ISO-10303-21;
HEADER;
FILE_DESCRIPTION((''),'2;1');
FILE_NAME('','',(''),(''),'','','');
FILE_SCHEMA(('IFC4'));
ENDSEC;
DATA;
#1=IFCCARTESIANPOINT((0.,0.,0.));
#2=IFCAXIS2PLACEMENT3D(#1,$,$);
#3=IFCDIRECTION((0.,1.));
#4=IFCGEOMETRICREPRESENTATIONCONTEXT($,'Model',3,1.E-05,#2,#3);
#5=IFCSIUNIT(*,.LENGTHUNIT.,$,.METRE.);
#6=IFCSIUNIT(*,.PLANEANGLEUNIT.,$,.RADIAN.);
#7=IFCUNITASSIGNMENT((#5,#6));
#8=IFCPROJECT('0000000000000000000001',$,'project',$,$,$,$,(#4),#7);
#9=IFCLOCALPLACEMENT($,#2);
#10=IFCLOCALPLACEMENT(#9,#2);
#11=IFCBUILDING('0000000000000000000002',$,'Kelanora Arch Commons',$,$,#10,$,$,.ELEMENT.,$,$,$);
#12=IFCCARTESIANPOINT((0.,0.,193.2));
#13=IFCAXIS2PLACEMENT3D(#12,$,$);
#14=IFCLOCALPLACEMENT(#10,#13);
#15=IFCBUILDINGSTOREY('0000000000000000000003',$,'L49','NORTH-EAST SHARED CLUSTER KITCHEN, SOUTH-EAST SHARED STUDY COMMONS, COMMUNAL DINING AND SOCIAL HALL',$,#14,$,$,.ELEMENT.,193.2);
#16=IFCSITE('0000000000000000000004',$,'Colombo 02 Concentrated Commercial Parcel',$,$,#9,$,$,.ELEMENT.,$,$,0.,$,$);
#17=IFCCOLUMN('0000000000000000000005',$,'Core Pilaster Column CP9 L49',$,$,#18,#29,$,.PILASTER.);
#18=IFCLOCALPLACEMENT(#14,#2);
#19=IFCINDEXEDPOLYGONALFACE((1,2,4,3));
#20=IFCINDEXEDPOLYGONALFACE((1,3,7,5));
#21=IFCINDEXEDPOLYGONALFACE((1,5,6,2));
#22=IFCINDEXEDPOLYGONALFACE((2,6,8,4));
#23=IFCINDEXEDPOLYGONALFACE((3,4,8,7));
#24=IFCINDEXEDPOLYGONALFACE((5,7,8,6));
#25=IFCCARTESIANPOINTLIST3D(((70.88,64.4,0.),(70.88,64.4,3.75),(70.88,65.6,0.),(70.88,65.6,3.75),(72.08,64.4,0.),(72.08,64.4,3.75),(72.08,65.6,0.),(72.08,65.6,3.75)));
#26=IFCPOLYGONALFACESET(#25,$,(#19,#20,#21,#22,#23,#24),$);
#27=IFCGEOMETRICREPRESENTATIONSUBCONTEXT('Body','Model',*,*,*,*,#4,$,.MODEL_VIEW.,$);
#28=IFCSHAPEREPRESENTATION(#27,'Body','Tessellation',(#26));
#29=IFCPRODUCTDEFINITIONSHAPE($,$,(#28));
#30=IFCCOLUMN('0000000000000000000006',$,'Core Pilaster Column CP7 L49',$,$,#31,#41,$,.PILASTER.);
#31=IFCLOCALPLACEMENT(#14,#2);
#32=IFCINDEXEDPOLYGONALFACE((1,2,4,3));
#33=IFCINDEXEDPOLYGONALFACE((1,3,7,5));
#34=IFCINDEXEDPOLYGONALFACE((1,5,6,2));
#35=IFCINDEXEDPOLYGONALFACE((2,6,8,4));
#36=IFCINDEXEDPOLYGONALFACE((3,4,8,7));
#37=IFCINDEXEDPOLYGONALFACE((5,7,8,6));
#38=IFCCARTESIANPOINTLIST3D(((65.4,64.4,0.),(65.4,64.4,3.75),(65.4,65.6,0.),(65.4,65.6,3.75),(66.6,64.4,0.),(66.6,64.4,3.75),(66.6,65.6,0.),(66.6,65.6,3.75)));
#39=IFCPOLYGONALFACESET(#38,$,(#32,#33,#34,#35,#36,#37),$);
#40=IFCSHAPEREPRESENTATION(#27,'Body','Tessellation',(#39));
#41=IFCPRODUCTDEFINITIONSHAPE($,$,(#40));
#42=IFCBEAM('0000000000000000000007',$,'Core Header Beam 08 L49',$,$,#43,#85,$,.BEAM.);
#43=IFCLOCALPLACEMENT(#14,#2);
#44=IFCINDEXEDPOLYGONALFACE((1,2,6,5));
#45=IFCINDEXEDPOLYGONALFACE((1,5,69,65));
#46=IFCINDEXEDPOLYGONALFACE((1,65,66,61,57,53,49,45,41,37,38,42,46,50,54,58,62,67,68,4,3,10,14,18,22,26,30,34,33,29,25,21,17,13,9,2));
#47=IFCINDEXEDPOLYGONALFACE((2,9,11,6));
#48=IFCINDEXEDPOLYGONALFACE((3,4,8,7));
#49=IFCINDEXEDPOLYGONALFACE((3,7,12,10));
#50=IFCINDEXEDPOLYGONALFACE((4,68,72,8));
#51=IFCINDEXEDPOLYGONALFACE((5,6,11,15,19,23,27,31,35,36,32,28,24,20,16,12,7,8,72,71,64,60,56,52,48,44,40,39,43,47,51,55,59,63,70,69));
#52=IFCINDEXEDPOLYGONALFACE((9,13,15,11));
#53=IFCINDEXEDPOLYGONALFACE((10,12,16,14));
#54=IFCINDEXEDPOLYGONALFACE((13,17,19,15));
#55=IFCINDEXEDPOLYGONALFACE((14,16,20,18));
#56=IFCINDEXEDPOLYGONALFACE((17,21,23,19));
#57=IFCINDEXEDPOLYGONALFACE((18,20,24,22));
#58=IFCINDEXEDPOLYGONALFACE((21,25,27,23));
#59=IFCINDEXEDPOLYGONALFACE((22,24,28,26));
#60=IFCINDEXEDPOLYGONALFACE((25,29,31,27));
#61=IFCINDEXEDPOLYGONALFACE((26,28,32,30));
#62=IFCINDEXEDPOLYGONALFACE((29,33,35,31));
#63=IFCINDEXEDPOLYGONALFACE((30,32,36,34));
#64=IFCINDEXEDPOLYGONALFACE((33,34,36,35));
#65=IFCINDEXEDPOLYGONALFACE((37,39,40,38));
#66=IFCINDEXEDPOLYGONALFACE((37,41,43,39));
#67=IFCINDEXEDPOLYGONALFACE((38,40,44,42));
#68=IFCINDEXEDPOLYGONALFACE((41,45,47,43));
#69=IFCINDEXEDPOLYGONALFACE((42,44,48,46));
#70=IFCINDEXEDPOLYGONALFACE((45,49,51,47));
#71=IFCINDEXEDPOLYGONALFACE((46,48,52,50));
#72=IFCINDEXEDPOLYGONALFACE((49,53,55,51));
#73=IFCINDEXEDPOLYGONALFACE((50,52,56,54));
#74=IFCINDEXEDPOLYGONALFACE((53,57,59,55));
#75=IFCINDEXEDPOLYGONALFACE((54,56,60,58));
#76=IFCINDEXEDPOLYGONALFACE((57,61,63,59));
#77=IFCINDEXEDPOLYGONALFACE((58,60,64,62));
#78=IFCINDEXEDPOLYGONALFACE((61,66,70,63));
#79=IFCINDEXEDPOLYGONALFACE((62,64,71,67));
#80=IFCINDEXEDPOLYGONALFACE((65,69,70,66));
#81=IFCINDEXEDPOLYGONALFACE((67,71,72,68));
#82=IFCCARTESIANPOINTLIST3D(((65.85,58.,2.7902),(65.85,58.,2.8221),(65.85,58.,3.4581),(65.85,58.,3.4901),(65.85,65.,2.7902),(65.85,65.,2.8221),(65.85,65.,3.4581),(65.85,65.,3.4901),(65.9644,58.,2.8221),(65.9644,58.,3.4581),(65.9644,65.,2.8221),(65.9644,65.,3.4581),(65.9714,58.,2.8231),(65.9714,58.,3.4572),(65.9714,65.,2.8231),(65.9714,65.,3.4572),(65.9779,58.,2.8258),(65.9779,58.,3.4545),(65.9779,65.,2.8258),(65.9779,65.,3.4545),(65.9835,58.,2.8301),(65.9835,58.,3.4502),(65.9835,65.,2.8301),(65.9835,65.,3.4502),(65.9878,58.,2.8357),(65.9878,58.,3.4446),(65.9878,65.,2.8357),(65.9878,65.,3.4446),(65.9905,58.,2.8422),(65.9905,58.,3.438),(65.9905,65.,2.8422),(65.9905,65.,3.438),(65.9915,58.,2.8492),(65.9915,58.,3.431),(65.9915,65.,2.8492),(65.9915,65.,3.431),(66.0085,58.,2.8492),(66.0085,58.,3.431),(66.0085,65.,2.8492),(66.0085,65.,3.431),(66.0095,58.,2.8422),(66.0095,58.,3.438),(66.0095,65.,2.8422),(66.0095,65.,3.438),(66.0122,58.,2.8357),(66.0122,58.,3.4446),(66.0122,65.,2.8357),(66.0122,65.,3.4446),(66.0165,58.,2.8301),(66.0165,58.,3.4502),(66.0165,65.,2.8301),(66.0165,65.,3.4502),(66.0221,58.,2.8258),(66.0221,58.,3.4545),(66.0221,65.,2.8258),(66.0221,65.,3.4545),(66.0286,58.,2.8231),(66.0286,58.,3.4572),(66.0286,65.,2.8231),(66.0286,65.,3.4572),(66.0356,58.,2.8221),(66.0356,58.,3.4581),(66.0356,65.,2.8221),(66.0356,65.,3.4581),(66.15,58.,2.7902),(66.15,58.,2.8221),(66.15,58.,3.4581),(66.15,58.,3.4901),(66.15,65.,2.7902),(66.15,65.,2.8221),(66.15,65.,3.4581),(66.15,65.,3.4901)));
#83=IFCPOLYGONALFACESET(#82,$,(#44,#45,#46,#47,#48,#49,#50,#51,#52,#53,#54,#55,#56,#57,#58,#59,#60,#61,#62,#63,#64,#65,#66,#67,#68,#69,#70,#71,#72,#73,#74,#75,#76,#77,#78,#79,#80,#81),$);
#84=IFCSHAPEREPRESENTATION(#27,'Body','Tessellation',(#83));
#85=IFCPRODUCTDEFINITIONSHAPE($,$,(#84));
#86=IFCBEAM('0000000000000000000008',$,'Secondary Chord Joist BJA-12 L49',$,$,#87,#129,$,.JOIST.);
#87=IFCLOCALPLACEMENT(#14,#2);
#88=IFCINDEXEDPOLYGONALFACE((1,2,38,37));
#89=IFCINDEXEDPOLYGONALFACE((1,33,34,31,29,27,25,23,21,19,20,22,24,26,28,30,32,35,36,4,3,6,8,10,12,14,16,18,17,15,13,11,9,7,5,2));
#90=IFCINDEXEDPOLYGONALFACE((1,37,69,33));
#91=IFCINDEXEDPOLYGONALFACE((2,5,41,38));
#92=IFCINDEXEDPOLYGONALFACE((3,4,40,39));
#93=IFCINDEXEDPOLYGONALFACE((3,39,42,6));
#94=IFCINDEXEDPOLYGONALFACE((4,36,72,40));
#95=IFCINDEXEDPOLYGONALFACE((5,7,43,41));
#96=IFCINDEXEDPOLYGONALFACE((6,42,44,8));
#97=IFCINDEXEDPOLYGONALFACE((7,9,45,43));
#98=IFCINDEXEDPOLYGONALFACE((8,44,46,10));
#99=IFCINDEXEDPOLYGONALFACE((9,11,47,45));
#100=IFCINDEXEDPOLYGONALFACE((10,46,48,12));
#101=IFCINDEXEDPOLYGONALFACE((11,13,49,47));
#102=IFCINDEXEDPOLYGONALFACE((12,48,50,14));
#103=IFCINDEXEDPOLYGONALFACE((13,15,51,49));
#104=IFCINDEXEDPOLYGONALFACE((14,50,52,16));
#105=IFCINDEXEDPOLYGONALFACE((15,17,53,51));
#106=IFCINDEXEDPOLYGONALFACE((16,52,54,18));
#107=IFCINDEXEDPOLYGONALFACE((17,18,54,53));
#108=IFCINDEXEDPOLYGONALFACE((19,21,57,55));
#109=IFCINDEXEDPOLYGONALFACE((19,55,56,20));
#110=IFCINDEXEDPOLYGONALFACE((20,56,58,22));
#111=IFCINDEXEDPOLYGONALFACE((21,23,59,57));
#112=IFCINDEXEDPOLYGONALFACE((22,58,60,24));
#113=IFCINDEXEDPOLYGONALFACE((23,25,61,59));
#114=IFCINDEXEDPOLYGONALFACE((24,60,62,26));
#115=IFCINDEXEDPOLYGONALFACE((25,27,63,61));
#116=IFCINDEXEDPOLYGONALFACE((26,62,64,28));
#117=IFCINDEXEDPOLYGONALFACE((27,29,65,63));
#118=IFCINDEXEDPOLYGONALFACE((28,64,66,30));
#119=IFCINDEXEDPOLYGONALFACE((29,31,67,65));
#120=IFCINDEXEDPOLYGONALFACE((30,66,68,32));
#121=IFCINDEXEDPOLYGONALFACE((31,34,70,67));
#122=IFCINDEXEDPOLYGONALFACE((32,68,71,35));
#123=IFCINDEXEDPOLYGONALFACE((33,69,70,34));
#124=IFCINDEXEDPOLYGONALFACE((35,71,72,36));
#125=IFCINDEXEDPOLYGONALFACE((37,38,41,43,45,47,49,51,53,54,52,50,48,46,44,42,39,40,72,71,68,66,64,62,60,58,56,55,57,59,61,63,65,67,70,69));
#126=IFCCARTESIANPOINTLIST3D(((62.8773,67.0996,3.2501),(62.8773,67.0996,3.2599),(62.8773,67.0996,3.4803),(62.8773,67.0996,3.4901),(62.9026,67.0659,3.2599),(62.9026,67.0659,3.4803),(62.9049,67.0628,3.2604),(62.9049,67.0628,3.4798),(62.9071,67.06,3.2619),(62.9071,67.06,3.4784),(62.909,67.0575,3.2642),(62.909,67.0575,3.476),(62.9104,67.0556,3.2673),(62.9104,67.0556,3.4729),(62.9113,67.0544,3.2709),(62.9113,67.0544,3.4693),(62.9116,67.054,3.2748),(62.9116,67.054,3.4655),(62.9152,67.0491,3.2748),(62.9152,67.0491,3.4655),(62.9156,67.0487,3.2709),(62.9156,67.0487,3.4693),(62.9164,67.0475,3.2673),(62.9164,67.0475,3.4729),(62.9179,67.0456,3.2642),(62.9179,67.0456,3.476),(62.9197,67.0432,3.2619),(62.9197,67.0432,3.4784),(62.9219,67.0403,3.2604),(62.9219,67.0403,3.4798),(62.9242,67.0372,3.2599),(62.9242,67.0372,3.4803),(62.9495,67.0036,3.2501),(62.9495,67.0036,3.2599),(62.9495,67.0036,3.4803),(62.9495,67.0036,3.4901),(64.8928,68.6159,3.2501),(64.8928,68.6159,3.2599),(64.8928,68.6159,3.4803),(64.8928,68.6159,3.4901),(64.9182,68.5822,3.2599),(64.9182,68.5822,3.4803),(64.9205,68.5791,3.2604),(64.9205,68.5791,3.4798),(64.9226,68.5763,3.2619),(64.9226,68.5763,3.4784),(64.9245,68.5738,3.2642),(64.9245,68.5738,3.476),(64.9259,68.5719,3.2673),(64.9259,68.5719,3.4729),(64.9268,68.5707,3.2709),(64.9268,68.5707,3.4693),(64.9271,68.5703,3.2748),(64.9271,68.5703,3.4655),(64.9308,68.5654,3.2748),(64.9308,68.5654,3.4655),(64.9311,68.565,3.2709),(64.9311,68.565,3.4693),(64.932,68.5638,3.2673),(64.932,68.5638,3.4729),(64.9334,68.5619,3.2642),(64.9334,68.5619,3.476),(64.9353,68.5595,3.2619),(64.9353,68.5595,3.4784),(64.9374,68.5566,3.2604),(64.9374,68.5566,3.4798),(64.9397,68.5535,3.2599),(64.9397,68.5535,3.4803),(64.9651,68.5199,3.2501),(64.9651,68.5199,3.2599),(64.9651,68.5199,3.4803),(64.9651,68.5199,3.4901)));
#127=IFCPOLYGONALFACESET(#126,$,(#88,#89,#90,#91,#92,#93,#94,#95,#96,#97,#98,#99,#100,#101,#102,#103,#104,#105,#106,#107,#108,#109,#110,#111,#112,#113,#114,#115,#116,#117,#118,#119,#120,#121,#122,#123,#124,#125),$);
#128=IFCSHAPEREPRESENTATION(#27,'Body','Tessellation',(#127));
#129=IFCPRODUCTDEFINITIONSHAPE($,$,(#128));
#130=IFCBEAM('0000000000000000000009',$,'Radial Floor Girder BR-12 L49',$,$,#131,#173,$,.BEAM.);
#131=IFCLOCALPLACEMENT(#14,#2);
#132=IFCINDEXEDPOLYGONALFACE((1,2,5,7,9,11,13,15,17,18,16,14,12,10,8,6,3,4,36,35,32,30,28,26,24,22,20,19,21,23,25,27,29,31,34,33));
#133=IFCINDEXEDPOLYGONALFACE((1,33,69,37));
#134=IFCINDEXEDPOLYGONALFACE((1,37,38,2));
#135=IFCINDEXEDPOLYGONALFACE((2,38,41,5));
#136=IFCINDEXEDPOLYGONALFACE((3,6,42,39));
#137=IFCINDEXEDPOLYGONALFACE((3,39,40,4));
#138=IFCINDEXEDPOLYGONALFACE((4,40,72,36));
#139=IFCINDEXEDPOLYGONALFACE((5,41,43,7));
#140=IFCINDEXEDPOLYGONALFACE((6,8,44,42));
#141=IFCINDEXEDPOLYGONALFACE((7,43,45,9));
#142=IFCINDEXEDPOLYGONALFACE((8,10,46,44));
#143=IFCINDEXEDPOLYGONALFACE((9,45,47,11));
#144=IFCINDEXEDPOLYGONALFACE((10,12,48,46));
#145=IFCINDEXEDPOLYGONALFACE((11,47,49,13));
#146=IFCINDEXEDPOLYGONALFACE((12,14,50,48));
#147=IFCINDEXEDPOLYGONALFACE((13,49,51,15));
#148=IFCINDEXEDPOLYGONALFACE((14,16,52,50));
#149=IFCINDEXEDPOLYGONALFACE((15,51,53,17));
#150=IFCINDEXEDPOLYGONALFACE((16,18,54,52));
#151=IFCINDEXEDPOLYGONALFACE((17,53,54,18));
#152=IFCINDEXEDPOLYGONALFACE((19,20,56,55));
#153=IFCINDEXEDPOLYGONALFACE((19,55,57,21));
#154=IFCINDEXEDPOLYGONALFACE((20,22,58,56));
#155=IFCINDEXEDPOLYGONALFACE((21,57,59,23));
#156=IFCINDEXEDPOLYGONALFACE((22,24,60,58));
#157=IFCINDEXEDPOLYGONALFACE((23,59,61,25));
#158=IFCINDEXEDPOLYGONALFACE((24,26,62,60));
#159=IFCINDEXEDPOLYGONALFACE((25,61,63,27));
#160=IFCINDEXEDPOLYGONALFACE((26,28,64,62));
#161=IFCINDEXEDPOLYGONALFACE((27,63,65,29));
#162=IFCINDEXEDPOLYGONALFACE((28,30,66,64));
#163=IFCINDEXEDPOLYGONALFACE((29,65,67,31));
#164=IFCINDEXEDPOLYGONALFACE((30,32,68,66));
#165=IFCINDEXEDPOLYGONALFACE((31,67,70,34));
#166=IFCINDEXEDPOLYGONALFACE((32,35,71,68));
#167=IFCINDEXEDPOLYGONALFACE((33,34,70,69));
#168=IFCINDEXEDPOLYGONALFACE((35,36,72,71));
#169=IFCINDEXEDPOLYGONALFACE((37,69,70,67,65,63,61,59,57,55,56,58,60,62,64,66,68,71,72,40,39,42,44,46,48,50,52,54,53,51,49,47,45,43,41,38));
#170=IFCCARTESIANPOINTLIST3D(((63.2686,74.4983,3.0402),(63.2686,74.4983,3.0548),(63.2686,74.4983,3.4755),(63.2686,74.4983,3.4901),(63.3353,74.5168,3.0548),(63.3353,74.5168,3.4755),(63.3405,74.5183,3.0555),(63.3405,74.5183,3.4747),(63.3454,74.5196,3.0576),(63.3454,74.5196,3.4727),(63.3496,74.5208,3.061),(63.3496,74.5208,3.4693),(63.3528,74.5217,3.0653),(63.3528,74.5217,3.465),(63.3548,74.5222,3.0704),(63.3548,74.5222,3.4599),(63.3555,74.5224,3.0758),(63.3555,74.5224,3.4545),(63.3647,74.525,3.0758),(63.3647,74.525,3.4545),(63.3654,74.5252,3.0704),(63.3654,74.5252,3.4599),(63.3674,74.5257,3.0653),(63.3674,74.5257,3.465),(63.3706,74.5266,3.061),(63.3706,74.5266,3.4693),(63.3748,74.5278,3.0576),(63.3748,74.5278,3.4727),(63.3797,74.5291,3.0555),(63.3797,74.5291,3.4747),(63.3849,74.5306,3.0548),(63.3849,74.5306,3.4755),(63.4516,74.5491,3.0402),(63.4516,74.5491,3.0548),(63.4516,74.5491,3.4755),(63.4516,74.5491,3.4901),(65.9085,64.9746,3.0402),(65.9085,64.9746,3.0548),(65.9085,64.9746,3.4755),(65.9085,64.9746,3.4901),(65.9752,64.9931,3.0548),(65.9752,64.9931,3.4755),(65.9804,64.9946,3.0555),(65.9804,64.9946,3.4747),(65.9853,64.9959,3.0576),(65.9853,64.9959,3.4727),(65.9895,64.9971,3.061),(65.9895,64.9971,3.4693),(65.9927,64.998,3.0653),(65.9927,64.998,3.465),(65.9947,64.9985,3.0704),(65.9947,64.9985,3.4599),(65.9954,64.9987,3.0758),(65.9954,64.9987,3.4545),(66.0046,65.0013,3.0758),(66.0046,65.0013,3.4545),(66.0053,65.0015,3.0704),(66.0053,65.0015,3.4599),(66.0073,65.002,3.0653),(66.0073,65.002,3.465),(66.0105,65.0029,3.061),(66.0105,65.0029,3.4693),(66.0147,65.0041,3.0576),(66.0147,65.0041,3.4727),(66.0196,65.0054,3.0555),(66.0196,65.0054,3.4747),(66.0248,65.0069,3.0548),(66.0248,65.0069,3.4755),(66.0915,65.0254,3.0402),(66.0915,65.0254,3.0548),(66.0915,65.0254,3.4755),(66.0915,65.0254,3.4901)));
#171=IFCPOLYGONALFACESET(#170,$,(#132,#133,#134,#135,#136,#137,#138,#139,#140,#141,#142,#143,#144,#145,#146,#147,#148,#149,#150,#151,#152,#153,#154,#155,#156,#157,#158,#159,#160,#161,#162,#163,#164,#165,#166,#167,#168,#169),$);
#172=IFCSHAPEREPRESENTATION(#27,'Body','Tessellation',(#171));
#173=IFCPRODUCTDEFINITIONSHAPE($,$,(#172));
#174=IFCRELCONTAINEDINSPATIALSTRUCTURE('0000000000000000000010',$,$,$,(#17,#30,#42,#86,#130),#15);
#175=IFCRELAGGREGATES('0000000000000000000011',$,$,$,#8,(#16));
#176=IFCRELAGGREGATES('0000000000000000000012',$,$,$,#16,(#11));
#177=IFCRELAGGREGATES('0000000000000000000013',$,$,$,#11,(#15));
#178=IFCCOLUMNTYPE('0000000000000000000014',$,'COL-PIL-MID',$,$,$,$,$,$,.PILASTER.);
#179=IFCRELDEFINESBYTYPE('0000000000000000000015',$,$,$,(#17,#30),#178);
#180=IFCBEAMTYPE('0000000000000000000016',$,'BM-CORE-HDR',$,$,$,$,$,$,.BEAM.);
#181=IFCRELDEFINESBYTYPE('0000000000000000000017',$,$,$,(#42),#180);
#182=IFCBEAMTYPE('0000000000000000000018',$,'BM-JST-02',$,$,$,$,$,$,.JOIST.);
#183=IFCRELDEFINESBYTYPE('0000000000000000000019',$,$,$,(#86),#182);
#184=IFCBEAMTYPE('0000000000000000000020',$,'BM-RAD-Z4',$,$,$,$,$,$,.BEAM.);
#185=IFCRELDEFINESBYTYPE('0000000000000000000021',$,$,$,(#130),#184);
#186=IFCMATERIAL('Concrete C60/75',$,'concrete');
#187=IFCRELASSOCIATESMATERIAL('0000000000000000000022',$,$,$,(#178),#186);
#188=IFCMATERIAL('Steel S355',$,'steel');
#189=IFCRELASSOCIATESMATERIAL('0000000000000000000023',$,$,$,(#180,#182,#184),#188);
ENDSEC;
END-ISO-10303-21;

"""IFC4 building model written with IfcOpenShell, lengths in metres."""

from ifc_helpers import new_model, si_unit, direction, frame, origin, origin_2d, place, context, subcontext, project, spatial, rectangle, i_section, extrude, material, material_profile, profile_set, type_object, element, save


model = new_model("IFC4")

# Units and contexts
model_context = context("Model", 3, precision=1e-05, world=origin(), true_north=direction((0.0, 1.0)))
body_context = subcontext(model_context, "Body", "Model", "MODEL_VIEW")
ifc_project = project(units=[si_unit("LENGTHUNIT", "METRE"), si_unit("PLANEANGLEUNIT", "RADIAN")], contexts=[model_context])

# Site, building, storey
site_placement = place(None, origin())
site = spatial("IfcSite", under=ifc_project, at=site_placement, Name="Colombo 02 Concentrated Commercial Parcel", CompositionType="ELEMENT", RefElevation=0.0)
building_placement = place(site_placement, origin())
building = spatial("IfcBuilding", under=site, at=building_placement, Name="Kelanora Arch Commons", CompositionType="ELEMENT")
storey_placement = place(building_placement, frame((0.0, 0.0, 193.2)))
storey = spatial("IfcBuildingStorey", under=building, at=storey_placement, Name="L49", Description="NORTH-EAST SHARED CLUSTER KITCHEN, SOUTH-EAST SHARED STUDY COMMONS, COMMUNAL DINING AND SOCIAL HALL", CompositionType="ELEMENT", Elevation=193.2)

# Columns
ifc_material_1 = material(Name="Concrete C60/75", Category="concrete")
ifc_material_profile_1 = material_profile(ifc_material_1, rectangle(XDim=1.2, YDim=1.2, at=origin_2d()), Name="RC1200x1200")
ifc_profile_set_1 = profile_set([ifc_material_profile_1], Name="Concrete C60/75")
column_type = type_object("IfcColumnType", Name="COL-PIL-MID", PredefinedType="PILASTER", material=ifc_profile_set_1)
for number, where, z_axis, x_axis, name in (
    (1, (71.48, 65.0, 0.0), (0.0, 0.0, 1.0), (1.0, 0.0, 0.0), "Core Pilaster Column CP9 L49"),
    (2, (66.0, 65.0, 0.0), (0.0, 0.0, 1.0), (1.0, 0.0, 0.0), "Core Pilaster Column CP7 L49"),
):
    element("IfcColumn", number, at=place(storey_placement, frame(where, z_axis=z_axis, x_axis=x_axis)), inside=storey, type_object=column_type, Name=name, PredefinedType="PILASTER", context=body_context, shape_type="SweptSolid", body=[
        extrude(rectangle(XDim=1.2, YDim=1.2, at=origin_2d()), origin(), (0.0, 0.0, 1.0), 3.75),
    ])

# Beams
ifc_material_2 = material(Name="Steel S355", Category="steel")
ifc_material_profile_2 = material_profile(ifc_material_2, i_section(OverallWidth=0.3, OverallDepth=0.7, WebThickness=0.0171, FlangeThickness=0.032, FilletRadius=0.0271, at=origin_2d()), Name="HEB700")
ifc_profile_set_2 = profile_set([ifc_material_profile_2], Name="Steel S355")
beam_type_1 = type_object("IfcBeamType", Name="BM-CORE-HDR", PredefinedType="BEAM", material=ifc_profile_set_2)
beam_1_placement = place(storey_placement, frame((66.0, 65.0, 3.1401), z_axis=(0.0, -1.0, 0.0), x_axis=(1.0, 0.0, 0.0)))
element("IfcBeam", 3, at=beam_1_placement, inside=storey, type_object=beam_type_1, Name="Core Header Beam 08 L49", PredefinedType="BEAM", context=body_context, shape_type="SweptSolid", body=[
    extrude(i_section(OverallWidth=0.3, OverallDepth=0.7, WebThickness=0.0171, FlangeThickness=0.032, FilletRadius=0.0271, at=origin_2d()), origin(), (0.0, 0.0, 1.0), 7.0),
])
ifc_material_profile_3 = material_profile(ifc_material_2, i_section(OverallWidth=0.1201, OverallDepth=0.24, WebThickness=0.0061, FlangeThickness=0.0098, FilletRadius=0.0149, at=origin_2d()), Name="IPE240")
ifc_profile_set_3 = profile_set([ifc_material_profile_3], Name="Steel S355")
beam_type_2 = type_object("IfcBeamType", Name="BM-JST-02", PredefinedType="JOIST", material=ifc_profile_set_3)
beam_2_placement = place(storey_placement, frame((64.929, 68.5679, 3.3701), z_axis=(-0.799116, -0.601176, 0.0), x_axis=(0.601176, -0.799116, 0.0)))
element("IfcBeam", 4, at=beam_2_placement, inside=storey, type_object=beam_type_2, Name="Secondary Chord Joist BJA-12 L49", PredefinedType="JOIST", context=body_context, shape_type="SweptSolid", body=[
    extrude(i_section(OverallWidth=0.1201, OverallDepth=0.24, WebThickness=0.0061, FlangeThickness=0.0098, FilletRadius=0.0149, at=origin_2d()), origin(), (0.0, 0.0, 1.0), 2.5222),
])
ifc_material_profile_4 = material_profile(ifc_material_2, i_section(OverallWidth=0.1899, OverallDepth=0.45, WebThickness=0.0095, FlangeThickness=0.0146, FilletRadius=0.021, at=origin_2d()), Name="IPE450")
ifc_profile_set_4 = profile_set([ifc_material_profile_4], Name="Steel S355")
beam_type_3 = type_object("IfcBeamType", Name="BM-RAD-Z4", PredefinedType="BEAM", material=ifc_profile_set_4)
beam_3_placement = place(storey_placement, frame((66.0, 65.0, 3.2651), z_axis=(-0.26712, 0.963663, 0.0), x_axis=(-0.963663, -0.26712, 0.0)))
element("IfcBeam", 5, at=beam_3_placement, inside=storey, type_object=beam_type_3, Name="Radial Floor Girder BR-12 L49", PredefinedType="BEAM", context=body_context, shape_type="SweptSolid", body=[
    extrude(i_section(OverallWidth=0.1899, OverallDepth=0.45, WebThickness=0.0095, FlangeThickness=0.0146, FilletRadius=0.021, at=origin_2d()), origin(), (0.0, 0.0, 1.0), 9.8828),
])

save(model, "model.ifc")
